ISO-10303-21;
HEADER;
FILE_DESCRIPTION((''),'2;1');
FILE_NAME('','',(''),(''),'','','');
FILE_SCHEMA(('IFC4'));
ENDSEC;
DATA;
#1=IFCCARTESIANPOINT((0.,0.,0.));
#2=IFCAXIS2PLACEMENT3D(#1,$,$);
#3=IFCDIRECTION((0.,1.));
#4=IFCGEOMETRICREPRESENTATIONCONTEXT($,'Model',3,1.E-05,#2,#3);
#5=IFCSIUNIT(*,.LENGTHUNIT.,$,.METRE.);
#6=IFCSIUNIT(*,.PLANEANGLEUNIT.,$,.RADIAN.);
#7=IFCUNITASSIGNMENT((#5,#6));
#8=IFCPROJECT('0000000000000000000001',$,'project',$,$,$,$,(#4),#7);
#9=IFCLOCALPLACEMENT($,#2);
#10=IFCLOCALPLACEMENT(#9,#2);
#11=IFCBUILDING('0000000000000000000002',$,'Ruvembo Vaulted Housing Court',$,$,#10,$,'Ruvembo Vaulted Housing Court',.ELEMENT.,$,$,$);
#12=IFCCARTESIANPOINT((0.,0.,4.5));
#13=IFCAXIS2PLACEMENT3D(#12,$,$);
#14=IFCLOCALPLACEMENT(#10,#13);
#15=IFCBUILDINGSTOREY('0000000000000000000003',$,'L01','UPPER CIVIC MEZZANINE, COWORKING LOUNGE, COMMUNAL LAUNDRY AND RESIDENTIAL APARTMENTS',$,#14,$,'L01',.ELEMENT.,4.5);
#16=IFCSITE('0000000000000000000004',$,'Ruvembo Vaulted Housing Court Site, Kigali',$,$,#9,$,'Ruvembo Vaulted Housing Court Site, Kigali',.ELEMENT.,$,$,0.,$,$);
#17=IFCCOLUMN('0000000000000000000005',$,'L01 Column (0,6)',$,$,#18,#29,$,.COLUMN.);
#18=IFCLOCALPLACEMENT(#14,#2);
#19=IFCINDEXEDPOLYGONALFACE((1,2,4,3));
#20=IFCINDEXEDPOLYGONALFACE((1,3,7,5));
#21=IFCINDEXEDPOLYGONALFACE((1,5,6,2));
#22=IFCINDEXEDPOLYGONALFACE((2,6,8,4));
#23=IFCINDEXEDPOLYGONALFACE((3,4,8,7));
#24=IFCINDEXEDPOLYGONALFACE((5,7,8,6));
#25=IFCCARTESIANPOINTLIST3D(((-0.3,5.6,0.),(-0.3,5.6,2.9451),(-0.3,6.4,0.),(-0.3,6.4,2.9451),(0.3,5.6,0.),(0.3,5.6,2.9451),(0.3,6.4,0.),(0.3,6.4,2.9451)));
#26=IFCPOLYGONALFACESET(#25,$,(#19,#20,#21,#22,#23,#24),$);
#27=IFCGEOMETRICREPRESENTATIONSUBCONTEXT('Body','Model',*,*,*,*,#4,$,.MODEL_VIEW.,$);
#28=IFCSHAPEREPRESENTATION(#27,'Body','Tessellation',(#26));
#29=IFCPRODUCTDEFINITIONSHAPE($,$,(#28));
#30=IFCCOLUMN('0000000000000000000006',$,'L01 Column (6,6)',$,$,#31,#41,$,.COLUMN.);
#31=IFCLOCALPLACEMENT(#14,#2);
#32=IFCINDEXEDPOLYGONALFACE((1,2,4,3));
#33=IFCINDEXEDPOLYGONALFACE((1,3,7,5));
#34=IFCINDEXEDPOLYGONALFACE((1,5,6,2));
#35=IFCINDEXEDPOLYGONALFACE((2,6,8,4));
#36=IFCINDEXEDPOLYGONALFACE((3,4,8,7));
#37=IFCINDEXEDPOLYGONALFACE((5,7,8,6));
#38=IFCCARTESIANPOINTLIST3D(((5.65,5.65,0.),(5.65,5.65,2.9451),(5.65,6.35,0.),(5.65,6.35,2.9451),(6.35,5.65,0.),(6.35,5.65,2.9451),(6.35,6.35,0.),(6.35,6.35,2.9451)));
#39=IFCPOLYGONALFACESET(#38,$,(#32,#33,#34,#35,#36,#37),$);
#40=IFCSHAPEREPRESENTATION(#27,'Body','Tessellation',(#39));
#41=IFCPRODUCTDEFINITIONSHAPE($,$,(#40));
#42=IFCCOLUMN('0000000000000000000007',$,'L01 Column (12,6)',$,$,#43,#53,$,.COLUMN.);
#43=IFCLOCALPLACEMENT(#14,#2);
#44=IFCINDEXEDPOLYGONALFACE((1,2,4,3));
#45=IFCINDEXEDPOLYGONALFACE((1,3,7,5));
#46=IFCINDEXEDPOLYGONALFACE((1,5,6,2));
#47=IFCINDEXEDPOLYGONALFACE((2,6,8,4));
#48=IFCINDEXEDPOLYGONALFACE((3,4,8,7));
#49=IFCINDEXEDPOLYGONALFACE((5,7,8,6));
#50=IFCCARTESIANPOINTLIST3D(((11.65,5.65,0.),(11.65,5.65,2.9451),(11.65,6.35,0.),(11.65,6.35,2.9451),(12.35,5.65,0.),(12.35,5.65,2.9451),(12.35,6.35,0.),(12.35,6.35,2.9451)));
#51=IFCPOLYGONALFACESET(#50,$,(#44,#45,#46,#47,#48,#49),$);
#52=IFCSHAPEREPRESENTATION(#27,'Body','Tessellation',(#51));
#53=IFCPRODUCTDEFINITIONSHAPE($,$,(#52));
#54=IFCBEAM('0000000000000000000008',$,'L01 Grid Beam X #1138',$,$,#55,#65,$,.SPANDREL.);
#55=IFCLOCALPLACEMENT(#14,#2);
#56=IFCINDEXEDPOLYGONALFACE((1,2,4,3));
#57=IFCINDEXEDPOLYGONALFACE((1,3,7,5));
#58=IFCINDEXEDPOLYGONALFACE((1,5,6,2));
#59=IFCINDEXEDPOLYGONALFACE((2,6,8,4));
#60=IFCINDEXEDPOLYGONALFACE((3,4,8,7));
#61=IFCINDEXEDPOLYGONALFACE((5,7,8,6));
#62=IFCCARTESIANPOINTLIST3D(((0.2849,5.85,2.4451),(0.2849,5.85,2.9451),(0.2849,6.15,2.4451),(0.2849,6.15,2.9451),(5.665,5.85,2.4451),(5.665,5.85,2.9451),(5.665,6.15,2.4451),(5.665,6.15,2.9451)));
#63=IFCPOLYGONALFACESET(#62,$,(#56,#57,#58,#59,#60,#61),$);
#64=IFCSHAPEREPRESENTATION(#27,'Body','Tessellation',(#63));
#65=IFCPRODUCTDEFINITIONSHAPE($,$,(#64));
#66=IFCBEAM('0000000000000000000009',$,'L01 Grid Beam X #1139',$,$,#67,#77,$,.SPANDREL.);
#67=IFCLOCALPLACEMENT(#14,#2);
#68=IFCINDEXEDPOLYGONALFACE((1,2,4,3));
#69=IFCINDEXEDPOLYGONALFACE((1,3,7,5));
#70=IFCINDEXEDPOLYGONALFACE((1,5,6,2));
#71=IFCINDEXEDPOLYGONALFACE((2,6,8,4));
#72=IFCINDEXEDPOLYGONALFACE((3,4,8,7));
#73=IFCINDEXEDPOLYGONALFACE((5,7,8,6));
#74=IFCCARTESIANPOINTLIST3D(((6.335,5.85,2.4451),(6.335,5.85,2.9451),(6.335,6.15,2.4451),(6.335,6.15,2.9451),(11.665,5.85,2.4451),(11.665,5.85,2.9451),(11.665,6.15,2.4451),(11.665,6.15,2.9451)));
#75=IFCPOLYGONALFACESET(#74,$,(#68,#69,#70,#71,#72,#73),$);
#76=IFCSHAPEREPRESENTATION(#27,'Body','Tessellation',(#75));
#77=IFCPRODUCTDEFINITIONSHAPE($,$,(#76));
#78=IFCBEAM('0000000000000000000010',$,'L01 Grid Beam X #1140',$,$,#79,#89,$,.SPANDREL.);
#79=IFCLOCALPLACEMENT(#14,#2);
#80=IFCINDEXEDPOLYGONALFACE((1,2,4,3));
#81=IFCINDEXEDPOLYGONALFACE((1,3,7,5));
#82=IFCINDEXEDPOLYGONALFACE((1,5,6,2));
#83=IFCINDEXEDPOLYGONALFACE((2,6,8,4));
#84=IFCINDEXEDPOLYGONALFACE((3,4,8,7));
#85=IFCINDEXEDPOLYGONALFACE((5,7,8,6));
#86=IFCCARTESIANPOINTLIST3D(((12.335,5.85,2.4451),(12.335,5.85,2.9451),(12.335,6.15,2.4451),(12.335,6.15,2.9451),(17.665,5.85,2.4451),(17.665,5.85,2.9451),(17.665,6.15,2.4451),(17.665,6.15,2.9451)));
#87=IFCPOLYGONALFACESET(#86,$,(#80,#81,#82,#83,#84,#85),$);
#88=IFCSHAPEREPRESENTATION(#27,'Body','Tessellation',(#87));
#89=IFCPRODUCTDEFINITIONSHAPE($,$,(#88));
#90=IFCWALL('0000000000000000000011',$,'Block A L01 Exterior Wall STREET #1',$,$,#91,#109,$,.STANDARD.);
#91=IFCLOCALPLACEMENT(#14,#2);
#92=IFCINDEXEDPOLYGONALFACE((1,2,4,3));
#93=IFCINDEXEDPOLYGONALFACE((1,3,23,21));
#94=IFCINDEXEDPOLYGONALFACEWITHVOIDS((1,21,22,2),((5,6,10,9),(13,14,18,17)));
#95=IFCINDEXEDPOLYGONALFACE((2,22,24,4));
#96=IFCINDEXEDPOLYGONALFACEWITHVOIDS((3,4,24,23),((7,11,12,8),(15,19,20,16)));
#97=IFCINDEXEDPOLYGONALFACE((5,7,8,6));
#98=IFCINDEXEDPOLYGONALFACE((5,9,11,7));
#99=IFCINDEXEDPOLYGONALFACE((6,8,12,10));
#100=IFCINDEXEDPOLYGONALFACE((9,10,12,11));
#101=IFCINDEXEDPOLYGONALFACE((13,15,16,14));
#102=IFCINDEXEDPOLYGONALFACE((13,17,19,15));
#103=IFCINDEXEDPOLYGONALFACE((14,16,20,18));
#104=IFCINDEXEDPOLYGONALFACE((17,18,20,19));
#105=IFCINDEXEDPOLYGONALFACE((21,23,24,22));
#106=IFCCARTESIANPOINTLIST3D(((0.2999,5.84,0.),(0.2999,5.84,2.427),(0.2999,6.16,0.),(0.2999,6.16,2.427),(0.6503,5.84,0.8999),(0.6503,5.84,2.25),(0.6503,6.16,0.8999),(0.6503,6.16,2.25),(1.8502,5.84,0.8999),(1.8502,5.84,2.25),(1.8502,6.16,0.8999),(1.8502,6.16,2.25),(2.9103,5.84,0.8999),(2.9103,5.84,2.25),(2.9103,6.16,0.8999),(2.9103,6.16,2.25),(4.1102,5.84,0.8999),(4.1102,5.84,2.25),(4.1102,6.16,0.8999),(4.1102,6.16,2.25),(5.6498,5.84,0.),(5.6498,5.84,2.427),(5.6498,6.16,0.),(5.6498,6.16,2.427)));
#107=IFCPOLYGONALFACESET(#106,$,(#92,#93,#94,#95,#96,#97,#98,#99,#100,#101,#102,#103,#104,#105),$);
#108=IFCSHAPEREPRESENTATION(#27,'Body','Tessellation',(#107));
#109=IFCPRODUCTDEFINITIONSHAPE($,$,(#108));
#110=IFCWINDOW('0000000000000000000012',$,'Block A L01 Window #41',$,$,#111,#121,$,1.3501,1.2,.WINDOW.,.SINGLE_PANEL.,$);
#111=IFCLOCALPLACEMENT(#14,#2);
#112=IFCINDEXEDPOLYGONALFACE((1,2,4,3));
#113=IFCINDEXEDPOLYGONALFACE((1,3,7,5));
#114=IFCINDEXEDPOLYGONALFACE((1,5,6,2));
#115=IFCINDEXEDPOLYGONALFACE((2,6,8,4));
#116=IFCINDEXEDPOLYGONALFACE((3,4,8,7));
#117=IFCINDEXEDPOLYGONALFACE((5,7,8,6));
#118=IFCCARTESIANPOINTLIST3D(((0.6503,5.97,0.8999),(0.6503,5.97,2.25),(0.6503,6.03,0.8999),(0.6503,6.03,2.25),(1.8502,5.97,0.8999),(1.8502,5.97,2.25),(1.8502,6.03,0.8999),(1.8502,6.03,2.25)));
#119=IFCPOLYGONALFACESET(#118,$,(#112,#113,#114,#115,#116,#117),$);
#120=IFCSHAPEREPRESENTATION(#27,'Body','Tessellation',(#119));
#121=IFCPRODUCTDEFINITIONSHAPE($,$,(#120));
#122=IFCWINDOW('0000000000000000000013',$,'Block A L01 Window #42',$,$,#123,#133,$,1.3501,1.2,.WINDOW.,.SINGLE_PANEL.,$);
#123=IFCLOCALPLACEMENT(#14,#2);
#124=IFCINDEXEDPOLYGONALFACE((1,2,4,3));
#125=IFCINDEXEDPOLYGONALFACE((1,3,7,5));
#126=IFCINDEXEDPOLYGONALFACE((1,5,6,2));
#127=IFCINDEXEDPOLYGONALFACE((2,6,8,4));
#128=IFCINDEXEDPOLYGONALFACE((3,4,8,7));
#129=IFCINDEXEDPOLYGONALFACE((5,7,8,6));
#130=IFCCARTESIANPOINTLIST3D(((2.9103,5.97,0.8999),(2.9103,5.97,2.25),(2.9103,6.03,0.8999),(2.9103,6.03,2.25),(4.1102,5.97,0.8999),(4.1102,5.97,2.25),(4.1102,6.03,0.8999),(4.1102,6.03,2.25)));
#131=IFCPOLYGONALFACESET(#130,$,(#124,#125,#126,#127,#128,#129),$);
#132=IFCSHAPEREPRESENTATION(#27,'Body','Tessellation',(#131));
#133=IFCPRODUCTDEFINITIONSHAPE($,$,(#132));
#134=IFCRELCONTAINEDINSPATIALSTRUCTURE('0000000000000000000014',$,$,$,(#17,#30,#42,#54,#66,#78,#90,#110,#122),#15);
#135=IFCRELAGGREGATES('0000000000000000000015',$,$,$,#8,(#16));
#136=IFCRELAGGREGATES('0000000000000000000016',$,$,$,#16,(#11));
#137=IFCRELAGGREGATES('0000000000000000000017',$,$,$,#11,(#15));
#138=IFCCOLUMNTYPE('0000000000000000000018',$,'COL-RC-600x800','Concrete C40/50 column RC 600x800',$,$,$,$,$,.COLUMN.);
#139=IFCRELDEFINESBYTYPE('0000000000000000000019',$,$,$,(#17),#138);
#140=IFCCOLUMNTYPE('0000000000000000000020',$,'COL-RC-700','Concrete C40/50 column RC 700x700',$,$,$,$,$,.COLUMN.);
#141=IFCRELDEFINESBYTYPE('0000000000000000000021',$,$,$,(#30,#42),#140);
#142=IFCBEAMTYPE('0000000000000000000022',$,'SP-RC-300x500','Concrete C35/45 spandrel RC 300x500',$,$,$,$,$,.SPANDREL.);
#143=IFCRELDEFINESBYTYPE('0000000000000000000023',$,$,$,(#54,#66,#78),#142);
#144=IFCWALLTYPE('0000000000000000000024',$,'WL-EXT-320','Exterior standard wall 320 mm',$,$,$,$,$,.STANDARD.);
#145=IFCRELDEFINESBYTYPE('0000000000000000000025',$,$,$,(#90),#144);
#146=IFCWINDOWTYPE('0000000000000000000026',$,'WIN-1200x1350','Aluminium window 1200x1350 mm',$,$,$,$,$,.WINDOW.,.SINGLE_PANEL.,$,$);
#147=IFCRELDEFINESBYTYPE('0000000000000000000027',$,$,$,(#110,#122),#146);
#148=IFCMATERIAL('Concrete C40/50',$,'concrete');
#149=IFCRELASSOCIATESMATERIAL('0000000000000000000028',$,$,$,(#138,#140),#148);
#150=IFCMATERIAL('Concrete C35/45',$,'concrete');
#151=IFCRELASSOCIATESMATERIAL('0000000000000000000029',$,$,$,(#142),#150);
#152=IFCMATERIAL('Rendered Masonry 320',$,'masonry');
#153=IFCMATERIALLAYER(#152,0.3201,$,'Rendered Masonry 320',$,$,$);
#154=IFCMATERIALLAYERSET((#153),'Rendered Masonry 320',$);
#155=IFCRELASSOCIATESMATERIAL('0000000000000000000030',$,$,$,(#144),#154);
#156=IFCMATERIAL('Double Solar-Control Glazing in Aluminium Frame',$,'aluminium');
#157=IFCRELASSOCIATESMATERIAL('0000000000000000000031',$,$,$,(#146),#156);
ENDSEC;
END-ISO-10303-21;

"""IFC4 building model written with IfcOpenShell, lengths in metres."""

from ifc_helpers import new_model, si_unit, direction, frame, frame_2d, origin, origin_2d, place, context, subcontext, project, spatial, rectangle, extrude, material, layer, layer_set, material_profile, profile_set, type_object, element, fill, save


model = new_model("IFC4")

# Units and contexts
model_context = context("Model", 3, precision=1e-05, world=origin(), true_north=direction((0.0, 1.0)))
body_context = subcontext(model_context, "Body", "Model", "MODEL_VIEW")
ifc_project = project(units=[si_unit("LENGTHUNIT", "METRE"), si_unit("PLANEANGLEUNIT", "RADIAN")], contexts=[model_context])

# Site, building, storey
site_placement = place(None, origin())
site = spatial("IfcSite", under=ifc_project, at=site_placement, Name="Ruvembo Vaulted Housing Court Site, Kigali", LongName="Ruvembo Vaulted Housing Court Site, Kigali", CompositionType="ELEMENT", RefElevation=0.0)
building_placement = place(site_placement, origin())
building = spatial("IfcBuilding", under=site, at=building_placement, Name="Ruvembo Vaulted Housing Court", LongName="Ruvembo Vaulted Housing Court", CompositionType="ELEMENT")
storey_placement = place(building_placement, frame((0.0, 0.0, 4.5)))
storey = spatial("IfcBuildingStorey", under=building, at=storey_placement, Name="L01", Description="UPPER CIVIC MEZZANINE, COWORKING LOUNGE, COMMUNAL LAUNDRY AND RESIDENTIAL APARTMENTS", LongName="L01", CompositionType="ELEMENT", Elevation=4.5)

# Columns
ifc_material_1 = material(Name="Concrete C40/50", Category="concrete")
ifc_material_profile_1 = material_profile(ifc_material_1, rectangle(XDim=0.6001, YDim=0.8, at=origin_2d()), Name="RC 600x800")
ifc_profile_set_1 = profile_set([ifc_material_profile_1], Name="Concrete C40/50")
column_type_1 = type_object("IfcColumnType", Name="COL-RC-600x800", Description="Concrete C40/50 column RC 600x800", PredefinedType="COLUMN", material=ifc_profile_set_1)
column_placement = place(storey_placement, frame((0.0, 6.0, 0.0), z_axis=(0.0, 0.0, 1.0), x_axis=(1.0, 0.0, 0.0)))
element("IfcColumn", 1, at=column_placement, inside=storey, type_object=column_type_1, Name="L01 Column (0,6)", PredefinedType="COLUMN", context=body_context, shape_type="SweptSolid", body=[
    extrude(rectangle(XDim=0.6001, YDim=0.8, at=origin_2d()), origin(), (0.0, 0.0, 1.0), 2.9451),
])
ifc_material_profile_2 = material_profile(ifc_material_1, rectangle(XDim=0.7, YDim=0.7, at=origin_2d()), Name="RC 700x700")
ifc_profile_set_2 = profile_set([ifc_material_profile_2], Name="Concrete C40/50")
column_type_2 = type_object("IfcColumnType", Name="COL-RC-700", Description="Concrete C40/50 column RC 700x700", PredefinedType="COLUMN", material=ifc_profile_set_2)
for number, where, z_axis, x_axis, name in (
    (2, (6.0, 6.0, 0.0), (0.0, 0.0, 1.0), (1.0, 0.0, 0.0), "L01 Column (6,6)"),
    (3, (12.0, 6.0, 0.0), (0.0, 0.0, 1.0), (1.0, 0.0, 0.0), "L01 Column (12,6)"),
):
    element("IfcColumn", number, at=place(storey_placement, frame(where, z_axis=z_axis, x_axis=x_axis)), inside=storey, type_object=column_type_2, Name=name, PredefinedType="COLUMN", context=body_context, shape_type="SweptSolid", body=[
        extrude(rectangle(XDim=0.7, YDim=0.7, at=origin_2d()), origin(), (0.0, 0.0, 1.0), 2.9451),
    ])

# Beams
ifc_material_2 = material(Name="Concrete C35/45", Category="concrete")
ifc_material_profile_3 = material_profile(ifc_material_2, rectangle(XDim=0.3, YDim=0.5, at=origin_2d()), Name="RC 300x500")
ifc_profile_set_3 = profile_set([ifc_material_profile_3], Name="Concrete C35/45")
beam_type = type_object("IfcBeamType", Name="SP-RC-300x500", Description="Concrete C35/45 spandrel RC 300x500", PredefinedType="SPANDREL", material=ifc_profile_set_3)
beam_placement = place(storey_placement, frame((0.2849, 6.0, 2.6951), z_axis=(1.0, 0.0, 0.0), x_axis=(0.0, 1.0, 0.0)))
element("IfcBeam", 4, at=beam_placement, inside=storey, type_object=beam_type, Name="L01 Grid Beam X #1138", PredefinedType="SPANDREL", context=body_context, shape_type="SweptSolid", body=[
    extrude(rectangle(XDim=0.3, YDim=0.5, at=origin_2d()), origin(), (0.0, 0.0, 1.0), 5.3801),
])
for number, where, z_axis, x_axis, name in (
    (5, (6.335, 6.0, 2.6951), (1.0, 0.0, 0.0), (0.0, 1.0, 0.0), "L01 Grid Beam X #1139"),
    (6, (12.335, 6.0, 2.6951), (1.0, 0.0, 0.0), (0.0, 1.0, 0.0), "L01 Grid Beam X #1140"),
):
    element("IfcBeam", number, at=place(storey_placement, frame(where, z_axis=z_axis, x_axis=x_axis)), inside=storey, type_object=beam_type, Name=name, PredefinedType="SPANDREL", context=body_context, shape_type="SweptSolid", body=[
        extrude(rectangle(XDim=0.3, YDim=0.5, at=origin_2d()), origin(), (0.0, 0.0, 1.0), 5.3301),
    ])

# Wall, openings, windows
ifc_material_3 = material(Name="Rendered Masonry 320", Category="masonry")
ifc_layer_1 = layer(ifc_material_3, 0.3201, Name="Rendered Masonry 320")
ifc_layer_set_1 = layer_set([ifc_layer_1], Name="Rendered Masonry 320")
wall_type_1 = type_object("IfcWallType", Name="WL-EXT-320", Description="Exterior standard wall 320 mm", PredefinedType="STANDARD", material=ifc_layer_set_1)
wall_1_placement = place(storey_placement, frame((0.3, 6.0, 0.0), z_axis=(0.0, 0.0, 1.0), x_axis=(1.0, 0.0, 0.0)))
wall_1 = element("IfcWall", 7, at=wall_1_placement, inside=storey, type_object=wall_type_1, Name="Block A L01 Exterior Wall STREET #1", PredefinedType="STANDARD", context=body_context, shape_type="SweptSolid", body=[
    extrude(rectangle(XDim=5.3499, YDim=0.3201, at=frame_2d((2.6748, 0.0))), origin(), (0.0, 0.0, 1.0), 2.427),
])
opening_1_placement = place(wall_1_placement, frame((0.3501, 0.0, 0.8999)))
opening_1 = element("IfcOpeningElement", 8, at=opening_1_placement, cuts=wall_1, PredefinedType="OPENING", context=body_context, shape_type="SweptSolid", body=[
    extrude(rectangle(XDim=1.2, YDim=1.3501, at=frame_2d((0.6001, 0.675))), frame((0.0, 0.1699, 0.0), z_axis=(0.0, -1.0, 0.0), x_axis=(1.0, 0.0, 0.0)), (0.0, 0.0, 1.0), 0.3401),
])
opening_2_placement = place(wall_1_placement, frame((2.6101, 0.0, 0.8999)))
opening_2 = element("IfcOpeningElement", 9, at=opening_2_placement, cuts=wall_1, PredefinedType="OPENING", context=body_context, shape_type="SweptSolid", body=[
    extrude(rectangle(XDim=1.2, YDim=1.3501, at=frame_2d((0.6001, 0.675))), frame((0.0, 0.1699, 0.0), z_axis=(0.0, -1.0, 0.0), x_axis=(1.0, 0.0, 0.0)), (0.0, 0.0, 1.0), 0.3401),
])
ifc_material_4 = material(Name="Double Solar-Control Glazing in Aluminium Frame", Category="aluminium")
window_type_1 = type_object("IfcWindowType", Name="WIN-1200x1350", Description="Aluminium window 1200x1350 mm", PartitioningType="SINGLE_PANEL", PredefinedType="WINDOW", material=ifc_material_4)
window_1_placement = place(opening_1_placement, origin())
window_1 = element("IfcWindow", 10, at=window_1_placement, inside=storey, type_object=window_type_1, Name="Block A L01 Window #41", OverallHeight=1.3501, OverallWidth=1.2, PartitioningType="SINGLE_PANEL", PredefinedType="WINDOW", context=body_context, shape_type="SweptSolid", body=[
    extrude(rectangle(XDim=1.2, YDim=1.3501, at=frame_2d((0.6001, 0.675))), frame((0.0, 0.03, 0.0), z_axis=(0.0, -1.0, 0.0), x_axis=(1.0, 0.0, 0.0)), (0.0, 0.0, 1.0), 0.0601),
])
fill(opening_1, window_1)
window_2_placement = place(opening_2_placement, origin())
window_2 = element("IfcWindow", 11, at=window_2_placement, inside=storey, type_object=window_type_1, Name="Block A L01 Window #42", OverallHeight=1.3501, OverallWidth=1.2, PartitioningType="SINGLE_PANEL", PredefinedType="WINDOW", context=body_context, shape_type="SweptSolid", body=[
    extrude(rectangle(XDim=1.2, YDim=1.3501, at=frame_2d((0.6001, 0.675))), frame((0.0, 0.03, 0.0), z_axis=(0.0, -1.0, 0.0), x_axis=(1.0, 0.0, 0.0)), (0.0, 0.0, 1.0), 0.0601),
])
fill(opening_2, window_2)

save(model, "model.ifc")
